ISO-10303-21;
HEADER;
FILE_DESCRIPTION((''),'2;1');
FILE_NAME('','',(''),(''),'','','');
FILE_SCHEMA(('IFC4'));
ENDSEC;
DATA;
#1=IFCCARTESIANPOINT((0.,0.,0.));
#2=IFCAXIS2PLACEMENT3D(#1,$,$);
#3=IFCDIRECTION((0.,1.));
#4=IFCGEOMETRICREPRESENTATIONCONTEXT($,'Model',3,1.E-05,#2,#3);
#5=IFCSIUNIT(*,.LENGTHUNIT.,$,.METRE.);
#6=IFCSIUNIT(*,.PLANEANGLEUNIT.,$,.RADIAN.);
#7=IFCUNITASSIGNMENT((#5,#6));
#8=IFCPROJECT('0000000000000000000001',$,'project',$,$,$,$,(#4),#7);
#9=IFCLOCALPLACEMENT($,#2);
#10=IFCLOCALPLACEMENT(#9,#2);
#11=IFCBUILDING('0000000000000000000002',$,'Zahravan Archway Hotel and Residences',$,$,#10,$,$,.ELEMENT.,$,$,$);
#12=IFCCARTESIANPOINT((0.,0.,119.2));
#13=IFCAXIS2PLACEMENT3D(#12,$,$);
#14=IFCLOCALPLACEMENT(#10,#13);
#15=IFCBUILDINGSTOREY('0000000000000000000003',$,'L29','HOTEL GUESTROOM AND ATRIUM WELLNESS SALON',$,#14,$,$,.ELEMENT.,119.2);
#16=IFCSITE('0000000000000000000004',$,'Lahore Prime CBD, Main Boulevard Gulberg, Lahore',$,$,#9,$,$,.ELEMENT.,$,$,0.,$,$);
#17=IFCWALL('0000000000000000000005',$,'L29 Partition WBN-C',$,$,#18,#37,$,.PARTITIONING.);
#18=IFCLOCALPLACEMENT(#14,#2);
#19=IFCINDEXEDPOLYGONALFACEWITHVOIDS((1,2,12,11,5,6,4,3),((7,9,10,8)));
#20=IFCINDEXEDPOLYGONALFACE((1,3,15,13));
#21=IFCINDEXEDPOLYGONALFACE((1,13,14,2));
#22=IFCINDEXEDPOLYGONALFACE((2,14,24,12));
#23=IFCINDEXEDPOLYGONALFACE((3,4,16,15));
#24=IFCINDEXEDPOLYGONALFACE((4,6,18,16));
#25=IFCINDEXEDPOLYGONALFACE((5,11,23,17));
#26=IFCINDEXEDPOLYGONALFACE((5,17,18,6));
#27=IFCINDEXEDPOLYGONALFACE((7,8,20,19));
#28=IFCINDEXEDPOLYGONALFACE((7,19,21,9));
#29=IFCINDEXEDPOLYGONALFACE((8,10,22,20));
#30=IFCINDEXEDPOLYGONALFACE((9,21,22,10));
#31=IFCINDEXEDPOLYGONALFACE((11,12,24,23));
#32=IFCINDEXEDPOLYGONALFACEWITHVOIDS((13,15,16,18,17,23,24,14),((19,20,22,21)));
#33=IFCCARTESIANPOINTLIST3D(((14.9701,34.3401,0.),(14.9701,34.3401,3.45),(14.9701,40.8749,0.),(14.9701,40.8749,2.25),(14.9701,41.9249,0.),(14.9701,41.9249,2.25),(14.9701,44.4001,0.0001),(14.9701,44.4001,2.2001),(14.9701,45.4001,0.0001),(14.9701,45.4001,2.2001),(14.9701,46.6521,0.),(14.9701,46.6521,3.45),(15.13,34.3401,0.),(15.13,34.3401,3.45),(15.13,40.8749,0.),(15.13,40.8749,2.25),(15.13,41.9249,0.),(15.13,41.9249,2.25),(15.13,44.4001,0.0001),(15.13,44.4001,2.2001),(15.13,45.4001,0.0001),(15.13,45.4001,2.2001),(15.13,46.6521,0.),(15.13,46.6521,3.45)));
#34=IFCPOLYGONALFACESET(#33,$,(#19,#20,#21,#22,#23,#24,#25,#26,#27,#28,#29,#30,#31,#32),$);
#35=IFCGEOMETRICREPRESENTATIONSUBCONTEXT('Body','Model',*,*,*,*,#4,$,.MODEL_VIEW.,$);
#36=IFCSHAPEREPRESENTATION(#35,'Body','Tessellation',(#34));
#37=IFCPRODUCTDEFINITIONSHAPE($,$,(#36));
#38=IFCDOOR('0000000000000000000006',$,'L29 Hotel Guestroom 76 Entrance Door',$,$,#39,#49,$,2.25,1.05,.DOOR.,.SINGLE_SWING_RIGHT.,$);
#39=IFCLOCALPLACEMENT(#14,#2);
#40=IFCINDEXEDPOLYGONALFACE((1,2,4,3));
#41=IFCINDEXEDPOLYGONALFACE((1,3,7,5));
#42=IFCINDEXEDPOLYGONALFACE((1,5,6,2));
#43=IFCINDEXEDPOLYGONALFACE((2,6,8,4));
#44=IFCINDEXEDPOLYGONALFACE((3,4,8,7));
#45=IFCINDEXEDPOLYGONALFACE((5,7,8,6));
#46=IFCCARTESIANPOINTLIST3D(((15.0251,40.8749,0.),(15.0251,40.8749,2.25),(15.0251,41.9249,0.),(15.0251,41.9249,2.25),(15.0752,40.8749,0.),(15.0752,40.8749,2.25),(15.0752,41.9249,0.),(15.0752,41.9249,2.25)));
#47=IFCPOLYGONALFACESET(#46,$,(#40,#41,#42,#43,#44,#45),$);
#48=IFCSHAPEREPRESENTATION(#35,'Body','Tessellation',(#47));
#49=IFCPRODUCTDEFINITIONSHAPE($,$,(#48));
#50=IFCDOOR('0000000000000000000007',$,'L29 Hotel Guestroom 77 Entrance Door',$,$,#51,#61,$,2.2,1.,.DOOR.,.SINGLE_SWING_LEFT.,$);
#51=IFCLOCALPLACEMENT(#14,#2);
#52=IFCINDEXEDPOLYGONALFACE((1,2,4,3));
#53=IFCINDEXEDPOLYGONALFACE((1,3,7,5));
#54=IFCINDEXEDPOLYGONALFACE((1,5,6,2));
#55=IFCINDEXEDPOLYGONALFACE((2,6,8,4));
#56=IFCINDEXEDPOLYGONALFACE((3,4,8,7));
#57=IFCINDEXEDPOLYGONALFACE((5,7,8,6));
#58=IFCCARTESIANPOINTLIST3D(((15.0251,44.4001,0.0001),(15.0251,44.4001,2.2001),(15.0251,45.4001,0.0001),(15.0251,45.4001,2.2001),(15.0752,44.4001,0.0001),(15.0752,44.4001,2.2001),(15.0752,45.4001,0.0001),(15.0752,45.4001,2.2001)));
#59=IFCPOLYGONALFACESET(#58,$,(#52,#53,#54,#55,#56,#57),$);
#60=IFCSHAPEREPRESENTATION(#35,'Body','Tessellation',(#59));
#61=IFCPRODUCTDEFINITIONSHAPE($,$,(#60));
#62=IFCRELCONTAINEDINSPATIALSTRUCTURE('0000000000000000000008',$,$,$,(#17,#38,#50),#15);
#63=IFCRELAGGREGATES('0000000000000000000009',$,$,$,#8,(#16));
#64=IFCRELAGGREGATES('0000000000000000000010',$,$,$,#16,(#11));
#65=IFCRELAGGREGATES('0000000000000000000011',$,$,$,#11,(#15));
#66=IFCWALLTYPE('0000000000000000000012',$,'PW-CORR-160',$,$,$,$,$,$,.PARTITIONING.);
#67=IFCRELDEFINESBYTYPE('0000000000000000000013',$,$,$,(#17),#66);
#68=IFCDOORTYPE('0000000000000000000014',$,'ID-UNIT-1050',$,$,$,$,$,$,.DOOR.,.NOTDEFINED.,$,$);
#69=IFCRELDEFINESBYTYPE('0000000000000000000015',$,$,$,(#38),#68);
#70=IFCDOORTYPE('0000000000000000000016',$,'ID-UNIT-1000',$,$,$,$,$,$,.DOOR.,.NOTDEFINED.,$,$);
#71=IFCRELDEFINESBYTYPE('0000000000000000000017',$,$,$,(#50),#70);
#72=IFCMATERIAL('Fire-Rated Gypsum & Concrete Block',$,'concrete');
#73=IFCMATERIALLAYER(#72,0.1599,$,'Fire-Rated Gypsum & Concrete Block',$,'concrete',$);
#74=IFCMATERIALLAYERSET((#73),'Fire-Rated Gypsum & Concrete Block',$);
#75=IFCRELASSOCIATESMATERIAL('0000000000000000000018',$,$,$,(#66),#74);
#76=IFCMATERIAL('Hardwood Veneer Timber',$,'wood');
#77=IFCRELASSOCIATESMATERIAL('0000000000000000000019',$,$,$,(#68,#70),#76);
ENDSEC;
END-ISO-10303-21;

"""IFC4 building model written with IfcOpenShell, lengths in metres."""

from ifc_helpers import new_model, si_unit, direction, frame, frame_2d, origin, place, context, subcontext, project, spatial, rectangle, extrude, source, transform, mapped, material, layer, layer_set, type_object, type_shapes, element, fill, save


model = new_model("IFC4")

# Units and contexts
model_context = context("Model", 3, precision=1e-05, world=origin(), true_north=direction((0.0, 1.0)))
body_context = subcontext(model_context, "Body", "Model", "MODEL_VIEW")
ifc_project = project(units=[si_unit("LENGTHUNIT", "METRE"), si_unit("PLANEANGLEUNIT", "RADIAN")], contexts=[model_context])

# Site, building, storey
site_placement = place(None, origin())
site = spatial("IfcSite", under=ifc_project, at=site_placement, Name="Lahore Prime CBD, Main Boulevard Gulberg, Lahore", CompositionType="ELEMENT", RefElevation=0.0)
building_placement = place(site_placement, origin())
building = spatial("IfcBuilding", under=site, at=building_placement, Name="Zahravan Archway Hotel and Residences", CompositionType="ELEMENT")
storey_placement = place(building_placement, frame((0.0, 0.0, 119.2)))
storey = spatial("IfcBuildingStorey", under=building, at=storey_placement, Name="L29", Description="HOTEL GUESTROOM AND ATRIUM WELLNESS SALON", CompositionType="ELEMENT", Elevation=119.2)

# Wall, openings, doors
ifc_material_1 = material(Name="Fire-Rated Gypsum & Concrete Block", Category="concrete")
ifc_layer_1 = layer(ifc_material_1, 0.1599, Name="Fire-Rated Gypsum & Concrete Block", Category="concrete")
ifc_layer_set_1 = layer_set([ifc_layer_1], Name="Fire-Rated Gypsum & Concrete Block")
wall_type = type_object("IfcWallType", Name="PW-CORR-160", PredefinedType="PARTITIONING", material=ifc_layer_set_1)
wall_placement = place(storey_placement, frame((15.05, 34.3401, 0.0), z_axis=(0.0, 0.0, 1.0), x_axis=(0.0, 1.0, 0.0)))
wall = element("IfcWall", 1, at=wall_placement, inside=storey, type_object=wall_type, Name="L29 Partition WBN-C", PredefinedType="PARTITIONING", context=body_context, shape_type="SweptSolid", body=[
    extrude(rectangle(XDim=12.312, YDim=0.1599, at=frame_2d((6.156, 0.0))), origin(), (0.0, 0.0, 1.0), 3.45),
])
opening_1_placement = place(wall_placement, frame((6.5349, 0.0, 0.0)))
opening_1 = element("IfcOpeningElement", 2, at=opening_1_placement, cuts=wall, PredefinedType="OPENING", context=body_context, shape_type="SweptSolid", body=[
    extrude(rectangle(XDim=1.05, YDim=2.25, at=frame_2d((0.5249, 1.125))), frame((0.0, 0.0898, 0.0), z_axis=(0.0, -1.0, 0.0), x_axis=(1.0, 0.0, 0.0)), (0.0, 0.0, 1.0), 0.1799),
])
opening_2_placement = place(wall_placement, frame((10.0601, 0.0, 0.0)))
opening_2 = element("IfcOpeningElement", 3, at=opening_2_placement, cuts=wall, PredefinedType="OPENING", context=body_context, shape_type="SweptSolid", body=[
    extrude(rectangle(XDim=1.0, YDim=2.2, at=frame_2d((0.5, 1.1001))), frame((0.0, 0.0898, 0.0), z_axis=(0.0, -1.0, 0.0), x_axis=(1.0, 0.0, 0.0)), (0.0, 0.0, 1.0), 0.1799),
])
ifc_material_2 = material(Name="Hardwood Veneer Timber", Category="wood")
door_type_1 = type_object("IfcDoorType", Name="ID-UNIT-1050", OperationType="NOTDEFINED", PredefinedType="DOOR", material=ifc_material_2)
shared_shape_1 = source(origin(), body_context, "Body", "SweptSolid", [
    extrude(rectangle(XDim=1.05, YDim=2.25, at=frame_2d((0.5249, 1.125))), frame((0.0, 0.0249, 0.0), z_axis=(0.0, -1.0, 0.0), x_axis=(1.0, 0.0, 0.0)), (0.0, 0.0, 1.0), 0.05),
])
type_shapes(door_type_1, [shared_shape_1])
door_1_placement = place(opening_1_placement, origin())
door_1 = element("IfcDoor", 4, at=door_1_placement, inside=storey, type_object=door_type_1, Name="L29 Hotel Guestroom 76 Entrance Door", OperationType="SINGLE_SWING_RIGHT", OverallHeight=2.25, OverallWidth=1.05, PredefinedType="DOOR", context=body_context, shape_type="MappedRepresentation", body=[
    mapped(shared_shape_1, transform((0.0, 0.0, 0.0), scale=1.0)),
])
fill(opening_1, door_1)
door_type_2 = type_object("IfcDoorType", Name="ID-UNIT-1000", OperationType="NOTDEFINED", PredefinedType="DOOR", material=ifc_material_2)
shared_shape_2 = source(origin(), body_context, "Body", "SweptSolid", [
    extrude(rectangle(XDim=1.0, YDim=2.2, at=frame_2d((0.5, 1.1001))), frame((0.0, 0.0249, 0.0), z_axis=(0.0, -1.0, 0.0), x_axis=(1.0, 0.0, 0.0)), (0.0, 0.0, 1.0), 0.05),
])
type_shapes(door_type_2, [shared_shape_2])
door_2_placement = place(opening_2_placement, origin())
door_2 = element("IfcDoor", 5, at=door_2_placement, inside=storey, type_object=door_type_2, Name="L29 Hotel Guestroom 77 Entrance Door", OperationType="SINGLE_SWING_LEFT", OverallHeight=2.2, OverallWidth=1.0, PredefinedType="DOOR", context=body_context, shape_type="MappedRepresentation", body=[
    mapped(shared_shape_2, transform((0.0, 0.0, 0.0), scale=1.0)),
])
fill(opening_2, door_2)

save(model, "model.ifc")
